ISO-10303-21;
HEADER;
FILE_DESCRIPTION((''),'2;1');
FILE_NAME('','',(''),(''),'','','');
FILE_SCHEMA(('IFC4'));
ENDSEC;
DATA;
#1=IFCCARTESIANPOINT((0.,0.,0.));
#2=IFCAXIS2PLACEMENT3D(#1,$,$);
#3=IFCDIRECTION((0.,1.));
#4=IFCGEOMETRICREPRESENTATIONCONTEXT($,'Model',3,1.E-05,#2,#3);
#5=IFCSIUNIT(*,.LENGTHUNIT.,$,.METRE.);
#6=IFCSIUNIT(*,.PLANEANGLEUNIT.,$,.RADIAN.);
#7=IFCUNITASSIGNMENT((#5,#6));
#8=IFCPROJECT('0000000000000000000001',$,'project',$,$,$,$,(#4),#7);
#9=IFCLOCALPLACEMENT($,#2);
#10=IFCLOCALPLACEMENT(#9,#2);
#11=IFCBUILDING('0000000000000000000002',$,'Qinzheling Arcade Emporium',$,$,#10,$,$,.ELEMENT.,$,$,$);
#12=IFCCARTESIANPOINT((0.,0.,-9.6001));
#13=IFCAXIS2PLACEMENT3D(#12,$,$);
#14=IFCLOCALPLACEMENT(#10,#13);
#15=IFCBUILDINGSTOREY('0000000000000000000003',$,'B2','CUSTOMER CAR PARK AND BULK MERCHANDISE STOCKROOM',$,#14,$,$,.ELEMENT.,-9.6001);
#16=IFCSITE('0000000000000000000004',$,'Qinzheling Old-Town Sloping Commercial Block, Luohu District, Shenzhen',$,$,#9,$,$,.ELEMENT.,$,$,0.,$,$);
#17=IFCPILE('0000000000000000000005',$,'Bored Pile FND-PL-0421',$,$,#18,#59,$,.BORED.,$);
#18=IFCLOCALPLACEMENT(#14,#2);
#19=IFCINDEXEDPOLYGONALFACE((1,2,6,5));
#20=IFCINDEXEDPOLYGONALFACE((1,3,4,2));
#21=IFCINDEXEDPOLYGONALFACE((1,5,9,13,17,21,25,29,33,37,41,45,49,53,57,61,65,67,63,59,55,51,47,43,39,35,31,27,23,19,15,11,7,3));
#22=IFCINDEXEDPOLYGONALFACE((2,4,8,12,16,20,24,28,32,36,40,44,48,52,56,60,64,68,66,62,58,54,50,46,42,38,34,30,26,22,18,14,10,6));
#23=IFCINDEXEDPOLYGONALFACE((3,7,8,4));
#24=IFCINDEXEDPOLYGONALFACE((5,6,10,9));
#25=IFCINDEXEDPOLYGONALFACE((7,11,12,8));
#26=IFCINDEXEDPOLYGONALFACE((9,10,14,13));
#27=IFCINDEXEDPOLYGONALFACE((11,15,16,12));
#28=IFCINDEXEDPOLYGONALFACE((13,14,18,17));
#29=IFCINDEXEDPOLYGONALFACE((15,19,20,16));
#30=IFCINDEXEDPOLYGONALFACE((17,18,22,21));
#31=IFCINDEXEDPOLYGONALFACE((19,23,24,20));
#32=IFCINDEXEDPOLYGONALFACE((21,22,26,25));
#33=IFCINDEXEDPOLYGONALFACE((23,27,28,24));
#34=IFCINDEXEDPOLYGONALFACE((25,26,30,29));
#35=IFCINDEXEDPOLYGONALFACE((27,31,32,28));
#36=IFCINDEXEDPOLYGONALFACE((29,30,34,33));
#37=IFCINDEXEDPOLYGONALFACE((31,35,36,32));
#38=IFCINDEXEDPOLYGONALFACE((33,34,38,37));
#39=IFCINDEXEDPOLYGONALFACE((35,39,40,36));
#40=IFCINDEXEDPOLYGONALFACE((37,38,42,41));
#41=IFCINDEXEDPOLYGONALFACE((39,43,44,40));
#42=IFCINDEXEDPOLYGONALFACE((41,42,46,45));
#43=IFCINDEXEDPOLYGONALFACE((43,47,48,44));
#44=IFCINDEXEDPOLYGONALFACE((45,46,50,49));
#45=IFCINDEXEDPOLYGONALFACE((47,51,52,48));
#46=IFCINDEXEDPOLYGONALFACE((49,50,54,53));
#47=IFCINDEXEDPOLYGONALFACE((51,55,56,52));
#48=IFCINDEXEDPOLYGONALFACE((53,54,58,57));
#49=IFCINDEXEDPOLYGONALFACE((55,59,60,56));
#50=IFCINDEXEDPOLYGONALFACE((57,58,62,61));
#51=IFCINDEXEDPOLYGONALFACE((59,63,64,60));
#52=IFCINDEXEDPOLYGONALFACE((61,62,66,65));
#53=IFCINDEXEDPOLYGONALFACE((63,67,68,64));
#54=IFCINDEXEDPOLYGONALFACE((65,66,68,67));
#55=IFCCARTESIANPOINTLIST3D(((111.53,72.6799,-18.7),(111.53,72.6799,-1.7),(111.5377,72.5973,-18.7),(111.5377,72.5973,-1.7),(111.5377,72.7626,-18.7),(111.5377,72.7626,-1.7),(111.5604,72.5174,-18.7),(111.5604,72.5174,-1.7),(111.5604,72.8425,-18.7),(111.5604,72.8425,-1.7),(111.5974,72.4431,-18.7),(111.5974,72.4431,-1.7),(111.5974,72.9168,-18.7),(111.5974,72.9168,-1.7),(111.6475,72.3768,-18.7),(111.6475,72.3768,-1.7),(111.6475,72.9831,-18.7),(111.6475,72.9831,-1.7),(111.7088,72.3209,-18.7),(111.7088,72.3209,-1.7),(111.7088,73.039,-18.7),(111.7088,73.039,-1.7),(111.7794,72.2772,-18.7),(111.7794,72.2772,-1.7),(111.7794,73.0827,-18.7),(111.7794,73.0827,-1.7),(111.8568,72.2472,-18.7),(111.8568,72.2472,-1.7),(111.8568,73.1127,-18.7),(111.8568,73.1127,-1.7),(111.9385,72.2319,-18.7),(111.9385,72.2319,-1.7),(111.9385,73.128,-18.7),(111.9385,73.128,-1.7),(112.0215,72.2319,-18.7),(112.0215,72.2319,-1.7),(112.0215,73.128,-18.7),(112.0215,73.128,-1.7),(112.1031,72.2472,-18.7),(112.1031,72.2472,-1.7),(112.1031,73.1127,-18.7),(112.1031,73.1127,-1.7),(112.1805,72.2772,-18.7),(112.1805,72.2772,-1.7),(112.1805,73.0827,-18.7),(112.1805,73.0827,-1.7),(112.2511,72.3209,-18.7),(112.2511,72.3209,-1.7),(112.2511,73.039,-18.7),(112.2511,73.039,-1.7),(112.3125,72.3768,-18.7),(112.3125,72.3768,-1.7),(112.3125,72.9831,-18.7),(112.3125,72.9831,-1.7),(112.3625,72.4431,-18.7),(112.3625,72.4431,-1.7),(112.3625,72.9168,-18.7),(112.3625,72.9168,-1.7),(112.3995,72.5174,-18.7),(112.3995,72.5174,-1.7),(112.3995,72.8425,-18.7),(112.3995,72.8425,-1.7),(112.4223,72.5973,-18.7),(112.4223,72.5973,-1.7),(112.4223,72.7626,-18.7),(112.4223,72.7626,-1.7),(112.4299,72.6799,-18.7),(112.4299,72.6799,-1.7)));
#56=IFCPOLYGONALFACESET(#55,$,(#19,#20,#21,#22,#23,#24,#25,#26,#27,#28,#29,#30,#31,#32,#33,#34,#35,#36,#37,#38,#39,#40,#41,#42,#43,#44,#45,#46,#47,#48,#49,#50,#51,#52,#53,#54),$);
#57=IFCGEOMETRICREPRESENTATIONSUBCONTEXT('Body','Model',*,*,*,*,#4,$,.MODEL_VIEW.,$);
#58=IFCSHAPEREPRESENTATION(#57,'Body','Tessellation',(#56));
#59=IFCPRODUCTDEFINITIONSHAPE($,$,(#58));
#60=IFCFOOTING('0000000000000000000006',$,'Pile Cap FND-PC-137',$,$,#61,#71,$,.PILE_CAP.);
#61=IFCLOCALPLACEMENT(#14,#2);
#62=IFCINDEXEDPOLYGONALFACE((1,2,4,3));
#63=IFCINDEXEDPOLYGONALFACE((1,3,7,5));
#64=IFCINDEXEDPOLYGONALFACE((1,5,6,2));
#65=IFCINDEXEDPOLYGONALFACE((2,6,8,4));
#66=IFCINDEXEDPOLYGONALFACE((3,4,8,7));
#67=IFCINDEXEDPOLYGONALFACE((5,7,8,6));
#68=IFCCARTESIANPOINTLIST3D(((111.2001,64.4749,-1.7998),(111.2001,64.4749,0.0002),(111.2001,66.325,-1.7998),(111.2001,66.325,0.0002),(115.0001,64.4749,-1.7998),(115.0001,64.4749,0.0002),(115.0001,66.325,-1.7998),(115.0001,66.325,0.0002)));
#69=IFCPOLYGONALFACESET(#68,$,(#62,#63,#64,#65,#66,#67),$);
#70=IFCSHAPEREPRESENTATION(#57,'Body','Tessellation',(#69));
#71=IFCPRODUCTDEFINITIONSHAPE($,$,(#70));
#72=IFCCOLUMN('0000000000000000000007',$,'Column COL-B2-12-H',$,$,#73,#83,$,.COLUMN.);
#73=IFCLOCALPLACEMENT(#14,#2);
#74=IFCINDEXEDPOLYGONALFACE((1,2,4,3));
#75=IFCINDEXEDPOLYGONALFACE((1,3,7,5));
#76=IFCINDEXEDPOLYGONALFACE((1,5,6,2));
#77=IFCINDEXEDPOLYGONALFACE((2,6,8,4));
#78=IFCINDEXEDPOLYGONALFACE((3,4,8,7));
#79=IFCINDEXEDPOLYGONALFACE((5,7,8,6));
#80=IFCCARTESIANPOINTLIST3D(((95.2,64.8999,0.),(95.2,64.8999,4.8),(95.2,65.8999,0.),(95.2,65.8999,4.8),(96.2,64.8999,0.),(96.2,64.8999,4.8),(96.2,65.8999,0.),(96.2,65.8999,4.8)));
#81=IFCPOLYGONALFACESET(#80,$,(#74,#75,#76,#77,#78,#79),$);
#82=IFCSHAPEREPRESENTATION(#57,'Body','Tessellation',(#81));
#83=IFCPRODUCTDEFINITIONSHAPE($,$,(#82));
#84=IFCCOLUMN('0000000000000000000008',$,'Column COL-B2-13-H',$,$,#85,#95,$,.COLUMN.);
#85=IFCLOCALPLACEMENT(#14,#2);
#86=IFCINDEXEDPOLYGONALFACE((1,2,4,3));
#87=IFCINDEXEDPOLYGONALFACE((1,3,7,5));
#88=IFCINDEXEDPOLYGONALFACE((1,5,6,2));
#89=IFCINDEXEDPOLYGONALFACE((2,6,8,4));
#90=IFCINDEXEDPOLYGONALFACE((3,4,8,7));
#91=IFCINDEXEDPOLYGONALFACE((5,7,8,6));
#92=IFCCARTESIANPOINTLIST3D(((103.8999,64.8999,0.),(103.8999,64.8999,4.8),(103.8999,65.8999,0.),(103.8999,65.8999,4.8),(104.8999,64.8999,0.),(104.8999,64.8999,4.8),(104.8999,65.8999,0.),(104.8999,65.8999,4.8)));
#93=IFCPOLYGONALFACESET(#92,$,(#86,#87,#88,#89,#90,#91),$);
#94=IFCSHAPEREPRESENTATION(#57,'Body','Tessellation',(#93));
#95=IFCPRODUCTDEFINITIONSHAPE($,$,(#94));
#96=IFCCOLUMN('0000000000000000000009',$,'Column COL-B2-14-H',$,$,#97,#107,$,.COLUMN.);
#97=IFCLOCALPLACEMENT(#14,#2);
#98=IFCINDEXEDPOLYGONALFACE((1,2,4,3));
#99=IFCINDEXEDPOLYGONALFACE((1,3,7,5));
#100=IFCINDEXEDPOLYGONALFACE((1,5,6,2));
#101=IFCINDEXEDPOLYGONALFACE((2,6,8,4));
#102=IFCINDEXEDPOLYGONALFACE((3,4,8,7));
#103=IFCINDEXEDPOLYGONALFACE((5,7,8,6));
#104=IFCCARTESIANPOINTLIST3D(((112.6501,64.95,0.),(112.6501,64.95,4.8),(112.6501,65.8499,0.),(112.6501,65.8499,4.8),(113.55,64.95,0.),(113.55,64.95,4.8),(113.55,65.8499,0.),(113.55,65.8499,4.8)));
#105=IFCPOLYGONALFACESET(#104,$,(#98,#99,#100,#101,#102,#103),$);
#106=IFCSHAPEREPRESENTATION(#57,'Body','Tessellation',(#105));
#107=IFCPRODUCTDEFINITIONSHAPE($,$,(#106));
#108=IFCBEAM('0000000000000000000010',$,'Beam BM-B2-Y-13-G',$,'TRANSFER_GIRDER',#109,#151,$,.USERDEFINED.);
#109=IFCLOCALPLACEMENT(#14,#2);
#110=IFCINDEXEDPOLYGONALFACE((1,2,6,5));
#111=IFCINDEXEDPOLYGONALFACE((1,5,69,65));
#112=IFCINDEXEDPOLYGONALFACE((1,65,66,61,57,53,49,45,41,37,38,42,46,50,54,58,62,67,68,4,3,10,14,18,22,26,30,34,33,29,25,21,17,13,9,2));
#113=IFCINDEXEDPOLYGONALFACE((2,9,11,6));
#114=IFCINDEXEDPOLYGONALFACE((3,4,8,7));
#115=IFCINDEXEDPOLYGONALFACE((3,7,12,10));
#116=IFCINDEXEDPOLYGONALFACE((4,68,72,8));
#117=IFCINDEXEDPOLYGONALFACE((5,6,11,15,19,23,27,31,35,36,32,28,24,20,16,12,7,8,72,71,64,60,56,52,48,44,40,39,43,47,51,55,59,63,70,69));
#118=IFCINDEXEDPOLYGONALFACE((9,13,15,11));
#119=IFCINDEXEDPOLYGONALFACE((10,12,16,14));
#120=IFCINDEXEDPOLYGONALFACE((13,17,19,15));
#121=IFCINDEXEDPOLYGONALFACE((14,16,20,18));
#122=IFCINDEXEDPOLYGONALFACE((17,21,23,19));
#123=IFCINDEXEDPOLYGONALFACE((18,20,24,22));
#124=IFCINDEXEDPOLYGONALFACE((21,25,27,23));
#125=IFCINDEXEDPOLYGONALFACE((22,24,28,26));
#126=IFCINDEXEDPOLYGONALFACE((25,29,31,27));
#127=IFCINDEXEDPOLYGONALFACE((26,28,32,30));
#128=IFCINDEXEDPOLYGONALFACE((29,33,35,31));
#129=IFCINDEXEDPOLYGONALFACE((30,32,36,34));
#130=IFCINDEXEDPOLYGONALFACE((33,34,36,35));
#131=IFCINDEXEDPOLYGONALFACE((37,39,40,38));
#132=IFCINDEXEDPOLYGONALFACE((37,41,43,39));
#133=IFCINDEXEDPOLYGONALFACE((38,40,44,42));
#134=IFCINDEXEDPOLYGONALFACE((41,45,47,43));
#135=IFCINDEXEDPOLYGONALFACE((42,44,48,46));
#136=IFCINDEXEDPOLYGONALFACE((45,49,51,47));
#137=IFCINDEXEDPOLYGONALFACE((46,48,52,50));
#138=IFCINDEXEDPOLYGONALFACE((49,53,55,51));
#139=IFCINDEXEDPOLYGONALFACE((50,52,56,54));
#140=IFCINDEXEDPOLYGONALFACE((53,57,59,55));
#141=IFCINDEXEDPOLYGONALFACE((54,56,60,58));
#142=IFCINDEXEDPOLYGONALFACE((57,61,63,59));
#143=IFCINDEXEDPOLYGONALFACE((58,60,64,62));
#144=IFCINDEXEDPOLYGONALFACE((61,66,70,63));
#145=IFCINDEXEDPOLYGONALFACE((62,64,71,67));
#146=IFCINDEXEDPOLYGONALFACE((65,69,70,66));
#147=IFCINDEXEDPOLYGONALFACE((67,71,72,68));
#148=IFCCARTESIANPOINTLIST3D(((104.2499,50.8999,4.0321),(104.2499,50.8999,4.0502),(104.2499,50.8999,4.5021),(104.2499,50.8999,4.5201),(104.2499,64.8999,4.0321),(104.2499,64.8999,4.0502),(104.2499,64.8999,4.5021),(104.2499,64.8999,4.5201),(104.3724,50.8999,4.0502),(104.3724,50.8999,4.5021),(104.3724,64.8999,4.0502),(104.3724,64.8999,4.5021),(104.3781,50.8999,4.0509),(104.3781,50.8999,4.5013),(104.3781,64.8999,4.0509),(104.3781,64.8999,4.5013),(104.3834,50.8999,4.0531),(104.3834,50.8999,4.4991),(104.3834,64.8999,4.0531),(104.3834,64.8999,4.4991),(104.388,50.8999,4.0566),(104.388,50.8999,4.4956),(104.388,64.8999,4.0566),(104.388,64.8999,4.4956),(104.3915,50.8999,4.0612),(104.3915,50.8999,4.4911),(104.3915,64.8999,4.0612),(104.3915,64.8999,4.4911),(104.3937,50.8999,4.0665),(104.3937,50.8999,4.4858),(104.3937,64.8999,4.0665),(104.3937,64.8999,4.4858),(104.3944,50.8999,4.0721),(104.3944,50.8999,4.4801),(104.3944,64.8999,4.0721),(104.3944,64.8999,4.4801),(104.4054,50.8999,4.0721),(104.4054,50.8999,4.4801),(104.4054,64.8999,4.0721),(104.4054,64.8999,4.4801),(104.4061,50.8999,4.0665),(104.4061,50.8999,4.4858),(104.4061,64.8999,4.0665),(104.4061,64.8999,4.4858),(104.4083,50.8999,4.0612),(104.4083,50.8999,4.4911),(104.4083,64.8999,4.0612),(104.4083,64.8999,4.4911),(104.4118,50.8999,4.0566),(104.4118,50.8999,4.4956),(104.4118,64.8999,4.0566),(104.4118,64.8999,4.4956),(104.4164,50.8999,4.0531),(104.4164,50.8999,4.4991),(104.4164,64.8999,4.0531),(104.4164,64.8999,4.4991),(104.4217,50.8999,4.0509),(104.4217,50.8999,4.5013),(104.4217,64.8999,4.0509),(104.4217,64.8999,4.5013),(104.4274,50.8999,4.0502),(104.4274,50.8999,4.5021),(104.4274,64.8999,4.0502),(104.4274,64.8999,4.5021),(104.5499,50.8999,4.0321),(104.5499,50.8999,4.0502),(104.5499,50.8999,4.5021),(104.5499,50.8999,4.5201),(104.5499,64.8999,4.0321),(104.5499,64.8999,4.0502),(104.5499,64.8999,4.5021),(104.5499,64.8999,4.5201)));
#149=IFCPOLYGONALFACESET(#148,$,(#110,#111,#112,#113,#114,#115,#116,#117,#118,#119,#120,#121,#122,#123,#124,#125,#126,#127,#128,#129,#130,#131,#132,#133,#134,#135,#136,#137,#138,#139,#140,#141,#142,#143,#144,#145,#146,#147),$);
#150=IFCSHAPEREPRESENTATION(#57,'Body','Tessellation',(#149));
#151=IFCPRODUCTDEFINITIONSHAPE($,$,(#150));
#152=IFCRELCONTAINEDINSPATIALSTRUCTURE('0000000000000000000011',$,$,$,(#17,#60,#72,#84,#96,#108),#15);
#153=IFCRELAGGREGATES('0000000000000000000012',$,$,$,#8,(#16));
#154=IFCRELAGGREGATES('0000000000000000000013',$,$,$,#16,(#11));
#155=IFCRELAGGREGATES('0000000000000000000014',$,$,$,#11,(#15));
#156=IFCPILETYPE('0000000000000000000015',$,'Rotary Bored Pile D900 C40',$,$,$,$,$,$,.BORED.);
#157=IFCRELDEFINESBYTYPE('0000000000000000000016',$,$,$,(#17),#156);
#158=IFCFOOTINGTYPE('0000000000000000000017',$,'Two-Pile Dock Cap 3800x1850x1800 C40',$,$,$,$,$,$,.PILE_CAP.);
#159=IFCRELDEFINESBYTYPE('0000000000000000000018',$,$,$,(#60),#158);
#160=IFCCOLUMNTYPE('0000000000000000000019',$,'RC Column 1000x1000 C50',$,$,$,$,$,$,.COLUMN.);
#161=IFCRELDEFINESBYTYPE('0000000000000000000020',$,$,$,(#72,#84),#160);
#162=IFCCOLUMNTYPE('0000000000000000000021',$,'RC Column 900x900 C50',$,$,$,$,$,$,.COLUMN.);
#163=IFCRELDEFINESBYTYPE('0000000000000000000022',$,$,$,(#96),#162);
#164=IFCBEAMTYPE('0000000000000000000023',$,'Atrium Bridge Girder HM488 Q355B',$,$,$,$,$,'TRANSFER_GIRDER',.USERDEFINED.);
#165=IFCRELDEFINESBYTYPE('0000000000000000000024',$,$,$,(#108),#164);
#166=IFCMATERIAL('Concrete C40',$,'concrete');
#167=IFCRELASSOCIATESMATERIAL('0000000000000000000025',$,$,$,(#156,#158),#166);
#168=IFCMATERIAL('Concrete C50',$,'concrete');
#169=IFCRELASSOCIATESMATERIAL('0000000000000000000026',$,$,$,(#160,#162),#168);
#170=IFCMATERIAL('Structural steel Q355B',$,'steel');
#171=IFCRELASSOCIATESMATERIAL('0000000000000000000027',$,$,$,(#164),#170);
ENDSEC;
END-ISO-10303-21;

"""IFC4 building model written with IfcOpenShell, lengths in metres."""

from ifc_helpers import new_model, si_unit, direction, frame, origin, origin_2d, place, context, subcontext, project, spatial, rectangle, circle, i_section, extrude, material, material_profile, profile_set, type_object, element, save


model = new_model("IFC4")

# Units and contexts
model_context = context("Model", 3, precision=1e-05, world=origin(), true_north=direction((0.0, 1.0)))
body_context = subcontext(model_context, "Body", "Model", "MODEL_VIEW")
ifc_project = project(units=[si_unit("LENGTHUNIT", "METRE"), si_unit("PLANEANGLEUNIT", "RADIAN")], contexts=[model_context])

# Site, building, storey
site_placement = place(None, origin())
site = spatial("IfcSite", under=ifc_project, at=site_placement, Name="Qinzheling Old-Town Sloping Commercial Block, Luohu District, Shenzhen", CompositionType="ELEMENT", RefElevation=0.0)
building_placement = place(site_placement, origin())
building = spatial("IfcBuilding", under=site, at=building_placement, Name="Qinzheling Arcade Emporium", CompositionType="ELEMENT")
storey_placement = place(building_placement, frame((0.0, 0.0, -9.6001)))
storey = spatial("IfcBuildingStorey", under=building, at=storey_placement, Name="B2", Description="CUSTOMER CAR PARK AND BULK MERCHANDISE STOCKROOM", CompositionType="ELEMENT", Elevation=-9.6001)

# Shared definitions
ifc_material_1 = material(Name="Concrete C40", Category="concrete")

# Pile
ifc_material_profile_1 = material_profile(ifc_material_1, circle(Radius=0.45, at=origin_2d()), Name="BORED D900", Category="concrete")
ifc_profile_set_1 = profile_set([ifc_material_profile_1], Name="Concrete C40")
pile_type_1 = type_object("IfcPileType", Name="Rotary Bored Pile D900 C40", PredefinedType="BORED", material=ifc_profile_set_1)
pile_placement = place(storey_placement, frame((111.98, 72.6799, -1.7), z_axis=(0.0, 0.0, -1.0), x_axis=(1.0, 0.0, 0.0)))
element("IfcPile", 1, at=pile_placement, inside=storey, type_object=pile_type_1, Name="Bored Pile FND-PL-0421", PredefinedType="BORED", context=body_context, shape_type="SweptSolid", body=[
    extrude(circle(Radius=0.45, at=origin_2d()), origin(), (0.0, 0.0, 1.0), 17.0),
])

# Footing
footing_type_1 = type_object("IfcFootingType", Name="Two-Pile Dock Cap 3800x1850x1800 C40", PredefinedType="PILE_CAP", material=ifc_material_1)
footing_1_placement = place(storey_placement, frame((113.1001, 65.3999, -1.7998), z_axis=(0.0, 0.0, 1.0), x_axis=(1.0, 0.0, 0.0)))
element("IfcFooting", 2, at=footing_1_placement, inside=storey, type_object=footing_type_1, Name="Pile Cap FND-PC-137", PredefinedType="PILE_CAP", context=body_context, shape_type="SweptSolid", body=[
    extrude(rectangle(XDim=3.8, YDim=1.8501, at=origin_2d()), origin(), (0.0, 0.0, 1.0), 1.8),
])

# Columns
ifc_material_2 = material(Name="Concrete C50", Category="concrete")
ifc_material_profile_2 = material_profile(ifc_material_2, rectangle(XDim=1.0, YDim=1.0, at=origin_2d()), Name="RC 1000x1000", Category="concrete")
ifc_profile_set_2 = profile_set([ifc_material_profile_2], Name="Concrete C50")
column_type_1 = type_object("IfcColumnType", Name="RC Column 1000x1000 C50", PredefinedType="COLUMN", material=ifc_profile_set_2)
for number, where, z_axis, x_axis, name in (
    (3, (95.7, 65.3999, 0.0), (0.0, 0.0, 1.0), (1.0, 0.0, 0.0), "Column COL-B2-12-H"),
    (4, (104.3999, 65.3999, 0.0), (0.0, 0.0, 1.0), (1.0, 0.0, 0.0), "Column COL-B2-13-H"),
):
    element("IfcColumn", number, at=place(storey_placement, frame(where, z_axis=z_axis, x_axis=x_axis)), inside=storey, type_object=column_type_1, Name=name, PredefinedType="COLUMN", context=body_context, shape_type="SweptSolid", body=[
        extrude(rectangle(XDim=1.0, YDim=1.0, at=origin_2d()), origin(), (0.0, 0.0, 1.0), 4.8),
    ])
ifc_material_profile_3 = material_profile(ifc_material_2, rectangle(XDim=0.8999, YDim=0.8999, at=origin_2d()), Name="RC 900x900", Category="concrete")
ifc_profile_set_3 = profile_set([ifc_material_profile_3], Name="Concrete C50")
column_type_2 = type_object("IfcColumnType", Name="RC Column 900x900 C50", PredefinedType="COLUMN", material=ifc_profile_set_3)
column_placement = place(storey_placement, frame((113.1001, 65.3999, 0.0), z_axis=(0.0, 0.0, 1.0), x_axis=(1.0, 0.0, 0.0)))
element("IfcColumn", 5, at=column_placement, inside=storey, type_object=column_type_2, Name="Column COL-B2-14-H", PredefinedType="COLUMN", context=body_context, shape_type="SweptSolid", body=[
    extrude(rectangle(XDim=0.8999, YDim=0.8999, at=origin_2d()), origin(), (0.0, 0.0, 1.0), 4.8),
])

# Beam
ifc_material_3 = material(Name="Structural steel Q355B", Category="steel")
ifc_material_profile_4 = material_profile(ifc_material_3, i_section(OverallWidth=0.3, OverallDepth=0.488, WebThickness=0.011, FlangeThickness=0.0181, FilletRadius=0.022, at=origin_2d()), Name="HM 488x300x11x18", Category="steel")
ifc_profile_set_4 = profile_set([ifc_material_profile_4], Name="Structural steel Q355B")
beam_type_1 = type_object("IfcBeamType", Name="Atrium Bridge Girder HM488 Q355B", ElementType="TRANSFER_GIRDER", PredefinedType="USERDEFINED", material=ifc_profile_set_4)
beam_1_placement = place(storey_placement, frame((104.3999, 50.8999, 4.2761), z_axis=(0.0, 1.0, 0.0), x_axis=(-1.0, 0.0, 0.0)))
element("IfcBeam", 6, at=beam_1_placement, inside=storey, type_object=beam_type_1, Name="Beam BM-B2-Y-13-G", ObjectType="TRANSFER_GIRDER", PredefinedType="USERDEFINED", context=body_context, shape_type="SweptSolid", body=[
    extrude(i_section(OverallWidth=0.3, OverallDepth=0.488, WebThickness=0.011, FlangeThickness=0.0181, FilletRadius=0.022, at=origin_2d()), origin(), (0.0, 0.0, 1.0), 14.0),
])

save(model, "model.ifc")
